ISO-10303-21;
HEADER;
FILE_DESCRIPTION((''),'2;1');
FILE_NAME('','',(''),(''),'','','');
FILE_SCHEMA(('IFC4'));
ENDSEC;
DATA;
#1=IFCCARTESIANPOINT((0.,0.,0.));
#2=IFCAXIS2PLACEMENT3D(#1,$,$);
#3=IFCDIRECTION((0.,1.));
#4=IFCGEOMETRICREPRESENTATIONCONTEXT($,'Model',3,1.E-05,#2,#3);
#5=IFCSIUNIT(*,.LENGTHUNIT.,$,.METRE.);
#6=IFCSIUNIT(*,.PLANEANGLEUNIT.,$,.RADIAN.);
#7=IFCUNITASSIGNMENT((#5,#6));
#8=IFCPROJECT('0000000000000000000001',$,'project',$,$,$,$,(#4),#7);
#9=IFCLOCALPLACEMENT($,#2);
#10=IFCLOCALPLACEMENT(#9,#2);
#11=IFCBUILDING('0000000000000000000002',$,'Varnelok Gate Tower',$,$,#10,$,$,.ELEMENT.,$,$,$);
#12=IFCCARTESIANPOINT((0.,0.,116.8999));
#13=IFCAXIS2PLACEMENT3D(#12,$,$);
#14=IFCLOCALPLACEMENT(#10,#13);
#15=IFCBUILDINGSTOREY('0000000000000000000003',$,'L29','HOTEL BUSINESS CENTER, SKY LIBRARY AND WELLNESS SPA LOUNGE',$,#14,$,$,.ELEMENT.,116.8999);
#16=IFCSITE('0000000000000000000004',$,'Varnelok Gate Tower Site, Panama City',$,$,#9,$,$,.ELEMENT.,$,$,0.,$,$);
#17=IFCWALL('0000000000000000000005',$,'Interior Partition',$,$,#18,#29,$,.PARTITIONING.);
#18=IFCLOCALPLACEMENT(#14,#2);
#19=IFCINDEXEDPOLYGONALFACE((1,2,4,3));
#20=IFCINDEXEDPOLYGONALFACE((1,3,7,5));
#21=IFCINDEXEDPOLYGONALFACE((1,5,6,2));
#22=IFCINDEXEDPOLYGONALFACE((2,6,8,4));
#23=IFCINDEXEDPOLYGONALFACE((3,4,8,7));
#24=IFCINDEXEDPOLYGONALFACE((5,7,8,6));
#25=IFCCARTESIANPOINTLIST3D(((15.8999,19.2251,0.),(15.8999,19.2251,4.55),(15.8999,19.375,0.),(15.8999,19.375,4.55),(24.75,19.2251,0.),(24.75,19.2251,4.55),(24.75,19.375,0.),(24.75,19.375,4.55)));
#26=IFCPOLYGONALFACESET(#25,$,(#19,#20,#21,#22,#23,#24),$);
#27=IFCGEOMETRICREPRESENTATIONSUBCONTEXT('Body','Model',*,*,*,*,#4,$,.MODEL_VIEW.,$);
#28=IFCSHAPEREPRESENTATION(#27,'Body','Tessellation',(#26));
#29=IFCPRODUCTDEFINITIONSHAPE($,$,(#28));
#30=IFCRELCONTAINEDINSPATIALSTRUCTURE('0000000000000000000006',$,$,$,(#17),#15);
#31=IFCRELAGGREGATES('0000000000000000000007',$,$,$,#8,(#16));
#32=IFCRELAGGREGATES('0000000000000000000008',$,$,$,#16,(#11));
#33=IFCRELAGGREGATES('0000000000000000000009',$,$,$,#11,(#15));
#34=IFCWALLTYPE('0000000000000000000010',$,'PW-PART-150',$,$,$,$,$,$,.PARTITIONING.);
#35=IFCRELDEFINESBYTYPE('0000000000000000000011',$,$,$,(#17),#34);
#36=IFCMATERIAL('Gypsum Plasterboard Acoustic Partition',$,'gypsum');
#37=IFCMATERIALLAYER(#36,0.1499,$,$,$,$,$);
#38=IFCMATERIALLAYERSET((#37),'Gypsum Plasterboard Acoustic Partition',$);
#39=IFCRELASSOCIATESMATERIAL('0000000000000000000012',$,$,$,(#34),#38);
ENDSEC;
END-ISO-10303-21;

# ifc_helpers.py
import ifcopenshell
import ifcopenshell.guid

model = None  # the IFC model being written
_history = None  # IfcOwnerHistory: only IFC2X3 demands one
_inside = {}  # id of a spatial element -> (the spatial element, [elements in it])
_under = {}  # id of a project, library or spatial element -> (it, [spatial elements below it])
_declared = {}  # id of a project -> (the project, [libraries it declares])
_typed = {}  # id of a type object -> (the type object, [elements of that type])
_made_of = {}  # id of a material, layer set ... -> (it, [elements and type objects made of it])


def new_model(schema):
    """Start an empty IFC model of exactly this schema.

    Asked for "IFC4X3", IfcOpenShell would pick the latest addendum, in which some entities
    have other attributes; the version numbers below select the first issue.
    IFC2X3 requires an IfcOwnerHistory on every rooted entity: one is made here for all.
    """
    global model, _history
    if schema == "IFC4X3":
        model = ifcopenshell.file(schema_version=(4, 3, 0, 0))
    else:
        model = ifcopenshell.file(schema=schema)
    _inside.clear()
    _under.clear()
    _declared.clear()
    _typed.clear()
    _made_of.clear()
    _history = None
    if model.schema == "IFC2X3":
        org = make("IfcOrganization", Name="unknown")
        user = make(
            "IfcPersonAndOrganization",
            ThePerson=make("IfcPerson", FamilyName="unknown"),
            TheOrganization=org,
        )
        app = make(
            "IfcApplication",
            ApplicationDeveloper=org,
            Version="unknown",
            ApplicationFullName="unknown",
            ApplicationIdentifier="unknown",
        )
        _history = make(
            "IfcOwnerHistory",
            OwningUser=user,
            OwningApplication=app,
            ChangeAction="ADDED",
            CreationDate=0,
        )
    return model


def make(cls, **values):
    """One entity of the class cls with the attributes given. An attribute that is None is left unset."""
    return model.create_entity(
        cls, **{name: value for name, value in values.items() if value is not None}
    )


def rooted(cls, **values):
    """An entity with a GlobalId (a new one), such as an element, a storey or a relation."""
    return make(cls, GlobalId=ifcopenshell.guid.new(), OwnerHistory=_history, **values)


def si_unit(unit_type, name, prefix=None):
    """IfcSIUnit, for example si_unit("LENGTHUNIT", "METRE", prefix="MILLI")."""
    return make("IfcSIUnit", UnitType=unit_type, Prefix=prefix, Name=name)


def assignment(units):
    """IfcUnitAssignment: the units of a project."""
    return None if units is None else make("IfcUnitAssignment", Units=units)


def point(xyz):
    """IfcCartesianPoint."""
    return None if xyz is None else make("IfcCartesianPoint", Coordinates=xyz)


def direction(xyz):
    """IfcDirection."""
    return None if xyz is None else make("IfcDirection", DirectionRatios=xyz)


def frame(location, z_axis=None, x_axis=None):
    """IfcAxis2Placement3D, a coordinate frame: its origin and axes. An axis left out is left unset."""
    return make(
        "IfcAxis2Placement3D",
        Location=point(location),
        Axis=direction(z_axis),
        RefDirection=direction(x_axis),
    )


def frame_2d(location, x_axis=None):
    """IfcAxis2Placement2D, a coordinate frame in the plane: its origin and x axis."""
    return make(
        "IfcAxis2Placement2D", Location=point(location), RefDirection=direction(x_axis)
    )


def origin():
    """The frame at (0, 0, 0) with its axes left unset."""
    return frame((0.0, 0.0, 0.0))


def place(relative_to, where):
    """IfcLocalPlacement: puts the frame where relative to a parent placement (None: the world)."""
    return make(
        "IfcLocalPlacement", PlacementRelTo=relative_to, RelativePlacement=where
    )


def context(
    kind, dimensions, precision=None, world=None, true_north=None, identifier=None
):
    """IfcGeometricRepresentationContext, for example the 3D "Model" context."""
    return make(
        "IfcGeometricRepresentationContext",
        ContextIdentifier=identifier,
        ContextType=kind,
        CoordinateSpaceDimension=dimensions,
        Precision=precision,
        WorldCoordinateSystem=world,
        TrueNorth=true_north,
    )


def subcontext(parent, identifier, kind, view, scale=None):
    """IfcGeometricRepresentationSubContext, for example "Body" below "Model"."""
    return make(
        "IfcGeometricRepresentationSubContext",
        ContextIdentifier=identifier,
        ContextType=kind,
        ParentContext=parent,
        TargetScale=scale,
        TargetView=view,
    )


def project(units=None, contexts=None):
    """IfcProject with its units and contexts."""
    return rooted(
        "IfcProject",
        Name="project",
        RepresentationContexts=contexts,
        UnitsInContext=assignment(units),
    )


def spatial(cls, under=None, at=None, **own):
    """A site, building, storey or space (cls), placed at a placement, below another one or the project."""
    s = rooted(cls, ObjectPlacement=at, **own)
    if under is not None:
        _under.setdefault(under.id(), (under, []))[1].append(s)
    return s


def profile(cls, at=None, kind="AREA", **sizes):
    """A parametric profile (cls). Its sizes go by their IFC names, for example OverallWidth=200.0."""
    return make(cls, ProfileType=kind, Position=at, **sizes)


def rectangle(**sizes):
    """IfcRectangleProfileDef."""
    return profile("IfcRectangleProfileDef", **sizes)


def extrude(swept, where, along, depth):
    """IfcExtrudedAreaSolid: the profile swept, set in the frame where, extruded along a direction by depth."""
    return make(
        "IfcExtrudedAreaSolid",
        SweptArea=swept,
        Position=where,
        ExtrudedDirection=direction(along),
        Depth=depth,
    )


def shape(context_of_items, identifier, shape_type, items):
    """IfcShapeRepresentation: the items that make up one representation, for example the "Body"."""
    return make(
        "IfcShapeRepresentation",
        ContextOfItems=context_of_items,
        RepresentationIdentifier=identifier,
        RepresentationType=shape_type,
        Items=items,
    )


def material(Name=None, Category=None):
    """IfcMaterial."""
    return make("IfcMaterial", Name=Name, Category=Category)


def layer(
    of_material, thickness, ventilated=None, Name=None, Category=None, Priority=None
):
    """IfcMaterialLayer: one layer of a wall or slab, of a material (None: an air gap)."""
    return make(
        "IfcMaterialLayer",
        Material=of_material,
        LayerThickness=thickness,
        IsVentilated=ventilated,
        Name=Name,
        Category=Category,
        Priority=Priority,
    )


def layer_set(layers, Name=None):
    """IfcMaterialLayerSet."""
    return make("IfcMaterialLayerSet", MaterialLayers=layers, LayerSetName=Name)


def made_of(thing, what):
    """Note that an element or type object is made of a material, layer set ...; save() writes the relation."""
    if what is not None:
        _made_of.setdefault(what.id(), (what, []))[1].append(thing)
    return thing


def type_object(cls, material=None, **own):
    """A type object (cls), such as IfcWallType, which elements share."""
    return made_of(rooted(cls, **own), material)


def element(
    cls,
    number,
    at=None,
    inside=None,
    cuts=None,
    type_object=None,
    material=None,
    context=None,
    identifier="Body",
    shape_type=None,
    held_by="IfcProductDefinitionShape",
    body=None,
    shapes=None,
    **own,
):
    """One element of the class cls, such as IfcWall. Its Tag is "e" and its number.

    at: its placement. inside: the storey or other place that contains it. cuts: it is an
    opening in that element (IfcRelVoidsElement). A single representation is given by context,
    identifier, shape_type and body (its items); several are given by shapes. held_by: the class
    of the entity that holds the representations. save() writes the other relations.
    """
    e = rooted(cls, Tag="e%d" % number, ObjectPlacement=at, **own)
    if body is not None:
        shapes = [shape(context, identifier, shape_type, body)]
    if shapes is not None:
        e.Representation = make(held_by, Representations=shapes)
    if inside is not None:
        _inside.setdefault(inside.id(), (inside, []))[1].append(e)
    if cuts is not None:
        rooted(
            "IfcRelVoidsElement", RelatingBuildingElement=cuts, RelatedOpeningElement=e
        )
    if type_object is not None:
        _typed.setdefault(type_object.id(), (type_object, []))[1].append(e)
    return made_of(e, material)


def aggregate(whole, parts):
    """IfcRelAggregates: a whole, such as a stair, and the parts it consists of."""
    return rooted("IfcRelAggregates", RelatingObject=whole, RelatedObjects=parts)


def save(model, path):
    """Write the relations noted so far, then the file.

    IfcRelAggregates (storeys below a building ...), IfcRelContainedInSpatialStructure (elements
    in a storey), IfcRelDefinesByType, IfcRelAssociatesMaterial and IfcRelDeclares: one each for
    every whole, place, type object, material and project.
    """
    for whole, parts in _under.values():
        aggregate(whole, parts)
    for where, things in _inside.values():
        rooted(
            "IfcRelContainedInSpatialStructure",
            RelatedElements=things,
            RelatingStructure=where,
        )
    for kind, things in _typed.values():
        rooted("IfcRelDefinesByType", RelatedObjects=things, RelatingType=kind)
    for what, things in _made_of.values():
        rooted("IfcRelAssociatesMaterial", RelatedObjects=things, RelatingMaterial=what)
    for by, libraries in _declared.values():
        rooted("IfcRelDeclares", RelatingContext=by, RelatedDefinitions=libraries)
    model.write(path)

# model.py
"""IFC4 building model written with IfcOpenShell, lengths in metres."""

from ifc_helpers import new_model, si_unit, direction, frame, frame_2d, origin, place, context, subcontext, project, spatial, rectangle, extrude, material, layer, layer_set, type_object, element, save


model = new_model("IFC4")

# Units and contexts
model_context = context("Model", 3, precision=1e-05, world=origin(), true_north=direction((0.0, 1.0)))
body_context = subcontext(model_context, "Body", "Model", "MODEL_VIEW")
ifc_project = project(units=[si_unit("LENGTHUNIT", "METRE"), si_unit("PLANEANGLEUNIT", "RADIAN")], contexts=[model_context])

# Site, building, storey
site_placement = place(None, origin())
site = spatial("IfcSite", under=ifc_project, at=site_placement, Name="Varnelok Gate Tower Site, Panama City", CompositionType="ELEMENT", RefElevation=0.0)
building_placement = place(site_placement, origin())
building = spatial("IfcBuilding", under=site, at=building_placement, Name="Varnelok Gate Tower", CompositionType="ELEMENT")
storey_placement = place(building_placement, frame((0.0, 0.0, 116.8999)))
storey = spatial("IfcBuildingStorey", under=building, at=storey_placement, Name="L29", Description="HOTEL BUSINESS CENTER, SKY LIBRARY AND WELLNESS SPA LOUNGE", CompositionType="ELEMENT", Elevation=116.8999)

# Shared definitions
ifc_material_1 = material(Name="Gypsum Plasterboard Acoustic Partition", Category="gypsum")
ifc_layer = layer(ifc_material_1, 0.1499)
ifc_layer_set = layer_set([ifc_layer], Name="Gypsum Plasterboard Acoustic Partition")
wall_type = type_object("IfcWallType", Name="PW-PART-150", PredefinedType="PARTITIONING", material=ifc_layer_set)

# Wall
wall_1_placement = place(storey_placement, frame((15.8999, 19.3, 0.0), z_axis=(0.0, 0.0, 1.0), x_axis=(1.0, 0.0, 0.0)))
element("IfcWall", 1, at=wall_1_placement, inside=storey, type_object=wall_type, Name="Interior Partition", PredefinedType="PARTITIONING", context=body_context, shape_type="SweptSolid", body=[
    extrude(rectangle(XDim=8.8501, YDim=0.1499, at=frame_2d((4.425, 0.0))), origin(), (0.0, 0.0, 1.0), 4.55),
])

save(model, "model.ifc")
